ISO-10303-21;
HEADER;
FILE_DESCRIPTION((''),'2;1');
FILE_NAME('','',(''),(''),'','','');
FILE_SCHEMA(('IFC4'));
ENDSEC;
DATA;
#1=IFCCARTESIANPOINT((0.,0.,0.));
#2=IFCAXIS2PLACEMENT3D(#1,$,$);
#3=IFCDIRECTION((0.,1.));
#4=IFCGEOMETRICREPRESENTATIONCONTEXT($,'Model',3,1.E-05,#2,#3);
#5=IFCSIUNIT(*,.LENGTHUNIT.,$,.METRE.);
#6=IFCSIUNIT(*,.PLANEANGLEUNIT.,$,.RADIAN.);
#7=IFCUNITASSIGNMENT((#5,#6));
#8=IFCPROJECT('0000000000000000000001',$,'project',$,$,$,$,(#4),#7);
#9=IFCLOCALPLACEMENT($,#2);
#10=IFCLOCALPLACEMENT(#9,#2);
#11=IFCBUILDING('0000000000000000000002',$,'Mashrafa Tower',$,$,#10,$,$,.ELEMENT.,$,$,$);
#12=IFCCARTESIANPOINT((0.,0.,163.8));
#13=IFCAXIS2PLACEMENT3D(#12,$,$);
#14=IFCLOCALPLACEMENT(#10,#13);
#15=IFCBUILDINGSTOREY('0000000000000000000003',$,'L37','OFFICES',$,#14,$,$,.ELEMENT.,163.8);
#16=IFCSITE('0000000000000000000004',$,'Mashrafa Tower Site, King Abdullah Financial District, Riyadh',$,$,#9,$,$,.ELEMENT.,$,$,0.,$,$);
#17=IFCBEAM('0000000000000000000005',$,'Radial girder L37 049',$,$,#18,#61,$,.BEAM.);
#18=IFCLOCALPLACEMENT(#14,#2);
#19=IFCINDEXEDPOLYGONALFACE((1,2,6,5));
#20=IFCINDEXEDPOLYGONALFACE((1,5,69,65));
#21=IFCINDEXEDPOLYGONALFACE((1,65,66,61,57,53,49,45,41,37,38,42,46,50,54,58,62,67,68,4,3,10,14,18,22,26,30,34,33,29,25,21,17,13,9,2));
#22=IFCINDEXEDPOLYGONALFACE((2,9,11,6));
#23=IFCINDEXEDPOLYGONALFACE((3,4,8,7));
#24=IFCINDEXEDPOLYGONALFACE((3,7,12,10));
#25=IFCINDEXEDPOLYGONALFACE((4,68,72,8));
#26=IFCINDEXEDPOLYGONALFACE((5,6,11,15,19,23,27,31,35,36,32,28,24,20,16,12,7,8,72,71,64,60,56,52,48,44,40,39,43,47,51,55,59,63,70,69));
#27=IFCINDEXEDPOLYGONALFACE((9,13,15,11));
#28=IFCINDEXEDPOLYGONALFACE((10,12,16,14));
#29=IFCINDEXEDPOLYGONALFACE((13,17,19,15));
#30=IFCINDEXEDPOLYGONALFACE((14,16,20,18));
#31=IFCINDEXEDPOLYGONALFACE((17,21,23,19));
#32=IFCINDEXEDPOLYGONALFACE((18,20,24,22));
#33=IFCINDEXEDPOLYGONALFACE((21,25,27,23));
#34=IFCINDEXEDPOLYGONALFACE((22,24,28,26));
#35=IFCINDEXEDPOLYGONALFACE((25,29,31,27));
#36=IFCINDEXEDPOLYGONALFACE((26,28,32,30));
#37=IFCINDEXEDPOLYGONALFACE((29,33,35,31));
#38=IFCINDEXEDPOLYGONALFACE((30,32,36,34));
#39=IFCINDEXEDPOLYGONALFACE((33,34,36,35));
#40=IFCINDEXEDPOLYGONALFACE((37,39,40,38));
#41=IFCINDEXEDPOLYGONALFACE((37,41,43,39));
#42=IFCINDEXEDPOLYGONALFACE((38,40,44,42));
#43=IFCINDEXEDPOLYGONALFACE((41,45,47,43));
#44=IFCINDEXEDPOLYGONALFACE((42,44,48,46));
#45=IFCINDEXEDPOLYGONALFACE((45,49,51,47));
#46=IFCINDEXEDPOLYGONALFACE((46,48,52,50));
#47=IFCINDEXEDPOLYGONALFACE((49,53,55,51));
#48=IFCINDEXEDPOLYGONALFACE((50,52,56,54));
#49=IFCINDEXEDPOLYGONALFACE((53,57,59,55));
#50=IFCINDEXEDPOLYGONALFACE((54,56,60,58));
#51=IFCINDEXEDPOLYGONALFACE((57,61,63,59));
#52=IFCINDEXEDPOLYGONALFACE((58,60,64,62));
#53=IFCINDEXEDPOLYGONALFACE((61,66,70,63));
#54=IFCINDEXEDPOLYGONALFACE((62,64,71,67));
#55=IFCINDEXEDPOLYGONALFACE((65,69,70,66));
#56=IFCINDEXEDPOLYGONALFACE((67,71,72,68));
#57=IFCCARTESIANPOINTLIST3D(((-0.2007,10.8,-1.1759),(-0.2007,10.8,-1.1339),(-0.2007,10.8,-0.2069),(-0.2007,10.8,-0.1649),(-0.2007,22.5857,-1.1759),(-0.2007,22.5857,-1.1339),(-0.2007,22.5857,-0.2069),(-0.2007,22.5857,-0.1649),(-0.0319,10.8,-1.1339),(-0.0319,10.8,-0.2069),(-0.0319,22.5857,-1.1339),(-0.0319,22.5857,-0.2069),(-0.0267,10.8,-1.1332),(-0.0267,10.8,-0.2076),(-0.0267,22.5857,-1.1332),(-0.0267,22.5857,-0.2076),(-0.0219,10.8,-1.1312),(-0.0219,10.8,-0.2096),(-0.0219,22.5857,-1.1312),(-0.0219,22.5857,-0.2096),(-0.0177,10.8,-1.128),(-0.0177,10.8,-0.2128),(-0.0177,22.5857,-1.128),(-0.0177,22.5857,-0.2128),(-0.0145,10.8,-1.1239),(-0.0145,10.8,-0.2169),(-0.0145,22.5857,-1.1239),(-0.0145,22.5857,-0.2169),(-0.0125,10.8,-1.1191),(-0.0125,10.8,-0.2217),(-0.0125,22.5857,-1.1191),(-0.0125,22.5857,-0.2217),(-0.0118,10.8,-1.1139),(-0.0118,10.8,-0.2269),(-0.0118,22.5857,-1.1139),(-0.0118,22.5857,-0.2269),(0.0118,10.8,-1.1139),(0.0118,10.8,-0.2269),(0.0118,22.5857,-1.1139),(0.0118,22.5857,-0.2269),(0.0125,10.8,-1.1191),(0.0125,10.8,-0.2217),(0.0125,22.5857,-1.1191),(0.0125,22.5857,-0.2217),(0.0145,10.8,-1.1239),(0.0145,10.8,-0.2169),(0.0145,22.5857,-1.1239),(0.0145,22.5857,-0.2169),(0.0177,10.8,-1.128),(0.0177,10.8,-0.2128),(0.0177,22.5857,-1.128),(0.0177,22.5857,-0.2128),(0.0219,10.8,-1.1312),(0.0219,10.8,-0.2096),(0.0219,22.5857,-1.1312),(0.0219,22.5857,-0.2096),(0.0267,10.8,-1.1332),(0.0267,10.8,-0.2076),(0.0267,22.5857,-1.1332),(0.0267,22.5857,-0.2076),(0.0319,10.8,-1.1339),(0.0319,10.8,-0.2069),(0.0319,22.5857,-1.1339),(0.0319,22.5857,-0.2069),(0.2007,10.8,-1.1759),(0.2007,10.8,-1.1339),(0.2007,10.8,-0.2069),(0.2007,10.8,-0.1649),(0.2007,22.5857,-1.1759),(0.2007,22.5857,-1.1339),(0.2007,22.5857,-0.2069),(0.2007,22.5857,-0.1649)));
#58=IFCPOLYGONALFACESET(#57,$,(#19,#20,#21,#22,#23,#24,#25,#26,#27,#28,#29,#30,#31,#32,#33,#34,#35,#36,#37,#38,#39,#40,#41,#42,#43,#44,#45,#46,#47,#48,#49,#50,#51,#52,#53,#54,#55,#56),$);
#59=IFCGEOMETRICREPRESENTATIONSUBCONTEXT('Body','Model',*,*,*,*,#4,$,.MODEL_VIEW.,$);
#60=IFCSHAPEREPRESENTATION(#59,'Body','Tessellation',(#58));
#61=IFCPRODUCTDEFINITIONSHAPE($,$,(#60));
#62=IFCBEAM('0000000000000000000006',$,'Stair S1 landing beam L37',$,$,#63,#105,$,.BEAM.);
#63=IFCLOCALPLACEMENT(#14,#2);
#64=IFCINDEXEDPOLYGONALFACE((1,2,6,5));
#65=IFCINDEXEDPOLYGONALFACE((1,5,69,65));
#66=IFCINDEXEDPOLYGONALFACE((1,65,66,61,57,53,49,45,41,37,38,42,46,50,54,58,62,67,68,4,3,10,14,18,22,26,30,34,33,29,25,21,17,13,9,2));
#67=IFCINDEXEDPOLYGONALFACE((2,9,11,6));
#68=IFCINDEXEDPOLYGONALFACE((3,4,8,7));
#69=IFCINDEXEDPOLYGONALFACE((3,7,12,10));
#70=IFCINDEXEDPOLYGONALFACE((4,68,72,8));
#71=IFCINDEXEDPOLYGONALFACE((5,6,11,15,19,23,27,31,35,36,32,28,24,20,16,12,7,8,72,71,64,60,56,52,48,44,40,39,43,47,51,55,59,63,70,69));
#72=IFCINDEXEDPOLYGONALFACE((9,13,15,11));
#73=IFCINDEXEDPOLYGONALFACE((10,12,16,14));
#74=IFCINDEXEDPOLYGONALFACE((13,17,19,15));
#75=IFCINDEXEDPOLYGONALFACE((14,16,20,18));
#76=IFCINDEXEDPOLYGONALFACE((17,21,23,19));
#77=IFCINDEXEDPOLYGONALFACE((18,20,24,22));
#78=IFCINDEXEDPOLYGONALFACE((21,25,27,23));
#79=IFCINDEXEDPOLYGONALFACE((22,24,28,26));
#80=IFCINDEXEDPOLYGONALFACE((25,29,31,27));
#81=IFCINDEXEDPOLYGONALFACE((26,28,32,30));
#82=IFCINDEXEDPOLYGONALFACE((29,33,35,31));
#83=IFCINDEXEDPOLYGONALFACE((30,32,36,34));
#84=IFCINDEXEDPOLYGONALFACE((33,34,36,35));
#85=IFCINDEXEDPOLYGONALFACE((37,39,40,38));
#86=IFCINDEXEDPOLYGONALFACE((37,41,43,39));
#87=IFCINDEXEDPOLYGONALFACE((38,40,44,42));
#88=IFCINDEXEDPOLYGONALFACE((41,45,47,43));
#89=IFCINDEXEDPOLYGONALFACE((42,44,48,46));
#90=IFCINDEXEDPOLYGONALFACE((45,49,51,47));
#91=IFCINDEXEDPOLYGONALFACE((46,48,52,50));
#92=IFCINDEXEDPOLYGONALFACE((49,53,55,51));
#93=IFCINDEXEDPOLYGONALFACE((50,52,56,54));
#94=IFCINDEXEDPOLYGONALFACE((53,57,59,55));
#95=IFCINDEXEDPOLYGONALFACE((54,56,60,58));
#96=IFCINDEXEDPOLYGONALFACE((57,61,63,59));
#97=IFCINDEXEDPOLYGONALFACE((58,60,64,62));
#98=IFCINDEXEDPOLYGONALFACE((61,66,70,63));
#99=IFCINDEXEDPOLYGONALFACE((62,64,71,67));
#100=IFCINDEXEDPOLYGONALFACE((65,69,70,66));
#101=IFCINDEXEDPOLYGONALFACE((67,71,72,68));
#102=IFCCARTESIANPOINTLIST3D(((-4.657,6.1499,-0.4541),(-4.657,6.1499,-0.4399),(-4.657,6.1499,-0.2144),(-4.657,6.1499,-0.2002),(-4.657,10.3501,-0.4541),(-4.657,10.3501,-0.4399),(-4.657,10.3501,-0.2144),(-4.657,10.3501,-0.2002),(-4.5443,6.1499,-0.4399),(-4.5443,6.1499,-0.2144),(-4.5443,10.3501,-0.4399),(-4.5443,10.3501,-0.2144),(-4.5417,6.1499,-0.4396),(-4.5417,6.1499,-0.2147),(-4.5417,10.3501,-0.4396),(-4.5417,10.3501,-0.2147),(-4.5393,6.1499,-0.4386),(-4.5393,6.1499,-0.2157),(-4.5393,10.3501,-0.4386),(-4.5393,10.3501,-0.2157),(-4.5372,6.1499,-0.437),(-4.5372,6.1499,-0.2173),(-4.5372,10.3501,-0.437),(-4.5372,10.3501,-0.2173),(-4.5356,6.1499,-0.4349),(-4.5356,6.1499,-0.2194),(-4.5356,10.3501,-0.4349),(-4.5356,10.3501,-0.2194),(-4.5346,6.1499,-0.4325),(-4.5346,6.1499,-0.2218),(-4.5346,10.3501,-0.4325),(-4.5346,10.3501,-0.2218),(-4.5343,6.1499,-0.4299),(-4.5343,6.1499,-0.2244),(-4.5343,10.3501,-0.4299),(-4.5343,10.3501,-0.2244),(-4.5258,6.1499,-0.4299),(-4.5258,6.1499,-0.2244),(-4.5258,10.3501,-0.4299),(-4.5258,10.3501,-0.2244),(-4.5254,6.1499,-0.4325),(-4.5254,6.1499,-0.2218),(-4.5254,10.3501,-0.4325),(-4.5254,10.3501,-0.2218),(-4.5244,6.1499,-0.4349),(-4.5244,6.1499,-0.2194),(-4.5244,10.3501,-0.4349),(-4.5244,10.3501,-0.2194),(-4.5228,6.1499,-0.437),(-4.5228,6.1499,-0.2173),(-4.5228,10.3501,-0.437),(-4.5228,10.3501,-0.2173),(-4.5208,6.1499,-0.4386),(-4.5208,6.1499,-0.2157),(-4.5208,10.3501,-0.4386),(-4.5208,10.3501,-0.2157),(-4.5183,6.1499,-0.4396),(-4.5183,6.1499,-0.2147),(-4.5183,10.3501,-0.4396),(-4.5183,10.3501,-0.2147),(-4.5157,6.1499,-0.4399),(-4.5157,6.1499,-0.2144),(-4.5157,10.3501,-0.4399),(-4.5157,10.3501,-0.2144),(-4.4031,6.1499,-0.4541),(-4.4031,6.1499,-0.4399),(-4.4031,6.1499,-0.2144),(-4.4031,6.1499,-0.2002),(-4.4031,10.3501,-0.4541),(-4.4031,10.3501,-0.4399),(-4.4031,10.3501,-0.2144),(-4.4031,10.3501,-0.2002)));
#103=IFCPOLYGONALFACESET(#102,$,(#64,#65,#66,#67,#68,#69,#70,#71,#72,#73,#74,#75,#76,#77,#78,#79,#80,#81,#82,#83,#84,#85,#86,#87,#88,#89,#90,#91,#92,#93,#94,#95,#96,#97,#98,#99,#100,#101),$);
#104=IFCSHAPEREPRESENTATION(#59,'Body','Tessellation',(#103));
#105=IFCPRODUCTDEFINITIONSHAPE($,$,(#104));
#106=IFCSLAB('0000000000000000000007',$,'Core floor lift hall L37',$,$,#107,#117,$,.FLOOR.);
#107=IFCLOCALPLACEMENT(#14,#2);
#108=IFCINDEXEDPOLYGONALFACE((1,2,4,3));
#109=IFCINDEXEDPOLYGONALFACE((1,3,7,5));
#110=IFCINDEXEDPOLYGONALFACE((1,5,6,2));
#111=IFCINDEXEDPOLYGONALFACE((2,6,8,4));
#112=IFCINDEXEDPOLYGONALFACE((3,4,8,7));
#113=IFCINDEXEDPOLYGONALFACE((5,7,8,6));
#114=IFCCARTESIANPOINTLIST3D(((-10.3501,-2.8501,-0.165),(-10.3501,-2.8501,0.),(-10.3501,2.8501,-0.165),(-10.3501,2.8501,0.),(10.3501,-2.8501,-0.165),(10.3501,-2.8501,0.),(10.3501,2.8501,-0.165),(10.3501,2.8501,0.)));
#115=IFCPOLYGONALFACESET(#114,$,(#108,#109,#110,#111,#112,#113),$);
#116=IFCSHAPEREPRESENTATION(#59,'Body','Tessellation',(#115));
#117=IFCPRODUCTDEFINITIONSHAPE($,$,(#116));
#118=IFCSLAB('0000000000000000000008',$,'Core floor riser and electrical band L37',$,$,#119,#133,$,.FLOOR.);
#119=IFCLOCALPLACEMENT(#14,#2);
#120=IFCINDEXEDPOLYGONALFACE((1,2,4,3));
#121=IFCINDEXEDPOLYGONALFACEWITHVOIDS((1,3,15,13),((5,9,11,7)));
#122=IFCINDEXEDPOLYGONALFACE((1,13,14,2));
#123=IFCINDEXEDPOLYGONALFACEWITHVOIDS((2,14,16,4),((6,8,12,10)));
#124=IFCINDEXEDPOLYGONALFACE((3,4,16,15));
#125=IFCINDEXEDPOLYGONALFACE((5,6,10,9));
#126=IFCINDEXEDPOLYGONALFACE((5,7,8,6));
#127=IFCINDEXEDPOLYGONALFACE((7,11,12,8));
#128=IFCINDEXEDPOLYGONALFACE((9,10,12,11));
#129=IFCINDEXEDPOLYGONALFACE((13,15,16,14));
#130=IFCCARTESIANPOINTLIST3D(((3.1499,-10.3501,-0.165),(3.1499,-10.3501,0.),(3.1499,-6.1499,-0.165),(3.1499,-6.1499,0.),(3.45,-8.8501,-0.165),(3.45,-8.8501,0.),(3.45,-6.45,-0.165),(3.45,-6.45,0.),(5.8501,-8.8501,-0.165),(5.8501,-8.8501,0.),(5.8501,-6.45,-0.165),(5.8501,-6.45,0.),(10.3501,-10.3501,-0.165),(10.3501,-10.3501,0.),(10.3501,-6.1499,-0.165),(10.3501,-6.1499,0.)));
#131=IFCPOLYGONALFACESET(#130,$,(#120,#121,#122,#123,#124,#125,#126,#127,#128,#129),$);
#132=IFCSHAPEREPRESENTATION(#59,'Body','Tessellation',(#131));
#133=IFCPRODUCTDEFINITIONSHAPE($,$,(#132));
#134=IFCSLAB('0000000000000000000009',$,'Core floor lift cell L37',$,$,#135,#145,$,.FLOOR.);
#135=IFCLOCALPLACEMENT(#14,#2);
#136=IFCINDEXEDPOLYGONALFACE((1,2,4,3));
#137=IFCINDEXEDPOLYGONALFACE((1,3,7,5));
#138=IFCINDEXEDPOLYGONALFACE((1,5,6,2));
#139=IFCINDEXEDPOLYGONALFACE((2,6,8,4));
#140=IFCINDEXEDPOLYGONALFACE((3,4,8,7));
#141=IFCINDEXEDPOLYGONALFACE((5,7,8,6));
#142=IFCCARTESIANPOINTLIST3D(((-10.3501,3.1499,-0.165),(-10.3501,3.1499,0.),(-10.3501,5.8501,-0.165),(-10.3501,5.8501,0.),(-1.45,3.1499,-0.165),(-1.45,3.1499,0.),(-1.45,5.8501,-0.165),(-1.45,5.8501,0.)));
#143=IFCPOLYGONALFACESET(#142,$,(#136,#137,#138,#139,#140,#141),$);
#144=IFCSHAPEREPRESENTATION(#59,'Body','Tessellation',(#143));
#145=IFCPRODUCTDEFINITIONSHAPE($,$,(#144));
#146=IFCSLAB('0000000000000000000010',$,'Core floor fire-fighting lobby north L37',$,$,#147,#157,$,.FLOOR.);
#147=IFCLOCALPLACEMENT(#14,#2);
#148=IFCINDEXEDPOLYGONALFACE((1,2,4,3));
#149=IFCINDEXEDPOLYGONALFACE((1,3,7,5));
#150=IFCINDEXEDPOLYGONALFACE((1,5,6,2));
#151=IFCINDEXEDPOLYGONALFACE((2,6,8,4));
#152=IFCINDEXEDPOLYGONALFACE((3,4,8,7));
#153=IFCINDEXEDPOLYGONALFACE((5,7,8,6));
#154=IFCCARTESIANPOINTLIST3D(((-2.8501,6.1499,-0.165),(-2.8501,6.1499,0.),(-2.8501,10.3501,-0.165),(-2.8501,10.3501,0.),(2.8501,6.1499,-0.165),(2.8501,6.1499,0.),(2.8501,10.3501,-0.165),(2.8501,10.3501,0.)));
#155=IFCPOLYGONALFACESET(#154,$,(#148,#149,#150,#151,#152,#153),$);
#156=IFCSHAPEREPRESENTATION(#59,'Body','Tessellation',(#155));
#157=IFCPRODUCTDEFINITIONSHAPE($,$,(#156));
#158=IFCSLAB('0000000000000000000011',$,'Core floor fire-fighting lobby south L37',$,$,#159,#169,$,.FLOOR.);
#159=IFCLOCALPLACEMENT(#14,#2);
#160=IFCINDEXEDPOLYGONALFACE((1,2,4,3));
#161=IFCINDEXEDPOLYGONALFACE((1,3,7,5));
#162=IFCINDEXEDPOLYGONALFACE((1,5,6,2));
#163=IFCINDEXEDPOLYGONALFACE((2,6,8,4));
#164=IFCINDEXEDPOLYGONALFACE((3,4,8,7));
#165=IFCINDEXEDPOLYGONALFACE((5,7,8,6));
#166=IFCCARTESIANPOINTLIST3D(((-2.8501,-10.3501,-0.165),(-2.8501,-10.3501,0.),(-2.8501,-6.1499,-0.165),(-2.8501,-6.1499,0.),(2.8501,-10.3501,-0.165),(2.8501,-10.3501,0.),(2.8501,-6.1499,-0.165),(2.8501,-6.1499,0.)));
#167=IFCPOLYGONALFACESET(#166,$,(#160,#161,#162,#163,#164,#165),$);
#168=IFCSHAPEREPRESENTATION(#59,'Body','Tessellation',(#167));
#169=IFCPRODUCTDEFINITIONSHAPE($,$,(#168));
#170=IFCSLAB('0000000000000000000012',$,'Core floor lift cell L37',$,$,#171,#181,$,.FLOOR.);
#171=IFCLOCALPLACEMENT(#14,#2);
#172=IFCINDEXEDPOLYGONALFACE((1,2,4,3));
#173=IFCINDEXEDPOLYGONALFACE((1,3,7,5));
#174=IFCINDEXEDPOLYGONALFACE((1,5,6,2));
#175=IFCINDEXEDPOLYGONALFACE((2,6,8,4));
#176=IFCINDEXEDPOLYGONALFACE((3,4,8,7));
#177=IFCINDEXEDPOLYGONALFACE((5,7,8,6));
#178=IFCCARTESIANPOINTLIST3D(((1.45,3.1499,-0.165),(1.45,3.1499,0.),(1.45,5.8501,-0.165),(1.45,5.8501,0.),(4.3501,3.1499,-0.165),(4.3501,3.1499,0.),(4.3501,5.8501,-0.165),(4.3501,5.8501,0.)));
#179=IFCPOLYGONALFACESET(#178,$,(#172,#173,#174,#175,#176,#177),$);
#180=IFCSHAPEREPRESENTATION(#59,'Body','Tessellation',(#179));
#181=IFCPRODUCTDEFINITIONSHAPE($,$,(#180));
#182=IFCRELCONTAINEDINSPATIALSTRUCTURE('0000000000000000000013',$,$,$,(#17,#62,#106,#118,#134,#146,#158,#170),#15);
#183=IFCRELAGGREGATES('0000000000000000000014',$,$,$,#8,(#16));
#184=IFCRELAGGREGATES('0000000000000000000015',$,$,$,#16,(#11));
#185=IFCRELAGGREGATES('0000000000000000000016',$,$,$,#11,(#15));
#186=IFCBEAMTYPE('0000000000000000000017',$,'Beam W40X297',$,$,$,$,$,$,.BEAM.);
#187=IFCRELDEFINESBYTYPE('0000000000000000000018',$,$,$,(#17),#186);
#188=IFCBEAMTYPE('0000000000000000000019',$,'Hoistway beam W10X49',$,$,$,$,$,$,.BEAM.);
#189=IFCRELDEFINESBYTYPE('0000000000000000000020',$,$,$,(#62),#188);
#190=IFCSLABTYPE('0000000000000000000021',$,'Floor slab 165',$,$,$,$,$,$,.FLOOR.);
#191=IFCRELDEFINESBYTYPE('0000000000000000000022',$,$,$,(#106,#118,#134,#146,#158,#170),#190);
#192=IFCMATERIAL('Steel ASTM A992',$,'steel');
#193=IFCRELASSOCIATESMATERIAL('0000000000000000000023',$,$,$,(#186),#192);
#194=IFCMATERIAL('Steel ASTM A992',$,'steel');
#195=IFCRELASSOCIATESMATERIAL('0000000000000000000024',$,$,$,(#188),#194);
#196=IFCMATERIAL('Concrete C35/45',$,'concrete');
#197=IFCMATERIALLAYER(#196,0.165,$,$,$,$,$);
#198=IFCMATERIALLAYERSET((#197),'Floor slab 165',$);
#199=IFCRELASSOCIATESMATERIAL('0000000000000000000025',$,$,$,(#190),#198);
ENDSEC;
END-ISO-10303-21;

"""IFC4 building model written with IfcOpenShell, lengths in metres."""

from ifc_helpers import new_model, si_unit, direction, frame, origin, origin_2d, place, context, subcontext, project, spatial, polyline, i_section, outline, extrude, material, layer, layer_set, material_profile, profile_set, type_object, element, save


model = new_model("IFC4")

# Units and contexts
model_context = context("Model", 3, precision=1e-05, world=origin(), true_north=direction((0.0, 1.0)))
body_context = subcontext(model_context, "Body", "Model", "MODEL_VIEW")
ifc_project = project(units=[si_unit("LENGTHUNIT", "METRE"), si_unit("PLANEANGLEUNIT", "RADIAN")], contexts=[model_context])

# Site, building, storey
site_placement = place(None, origin())
site = spatial("IfcSite", under=ifc_project, at=site_placement, Name="Mashrafa Tower Site, King Abdullah Financial District, Riyadh", CompositionType="ELEMENT", RefElevation=0.0)
building_placement = place(site_placement, origin())
building = spatial("IfcBuilding", under=site, at=building_placement, Name="Mashrafa Tower", CompositionType="ELEMENT")
storey_placement = place(building_placement, frame((0.0, 0.0, 163.8)))
storey = spatial("IfcBuildingStorey", under=building, at=storey_placement, Name="L37", Description="OFFICES", CompositionType="ELEMENT", Elevation=163.8)

# Beams
ifc_material_1 = material(Name="Steel ASTM A992", Category="steel")
ifc_material_profile_1 = material_profile(ifc_material_1, i_section(OverallWidth=0.4014, OverallDepth=1.011, WebThickness=0.0237, FlangeThickness=0.042, FilletRadius=0.02, at=origin_2d()), Name="W40X297")
ifc_profile_set_1 = profile_set([ifc_material_profile_1], Name="Steel ASTM A992")
beam_type_1 = type_object("IfcBeamType", Name="Beam W40X297", PredefinedType="BEAM", material=ifc_profile_set_1)
beam_1_placement = place(storey_placement, frame((0.0, 10.8, -0.6704), z_axis=(0.0, 1.0, 0.0), x_axis=(-1.0, 0.0, 0.0)))
element("IfcBeam", 1, at=beam_1_placement, inside=storey, type_object=beam_type_1, Name="Radial girder L37 049", PredefinedType="BEAM", context=body_context, shape_type="SweptSolid", body=[
    extrude(i_section(OverallWidth=0.4014, OverallDepth=1.011, WebThickness=0.0237, FlangeThickness=0.042, FilletRadius=0.02, at=origin_2d()), origin(), (0.0, 0.0, 1.0), 11.7856),
])
ifc_material_2 = material(Name="Steel ASTM A992", Category="steel")
ifc_material_profile_2 = material_profile(ifc_material_2, i_section(OverallWidth=0.2539, OverallDepth=0.2539, WebThickness=0.0085, FlangeThickness=0.0142, FilletRadius=0.01, at=origin_2d()), Name="W10X49")
ifc_profile_set_2 = profile_set([ifc_material_profile_2], Name="Steel ASTM A992")
beam_type_2 = type_object("IfcBeamType", Name="Hoistway beam W10X49", PredefinedType="BEAM", material=ifc_profile_set_2)
beam_2_placement = place(storey_placement, frame((-4.53, 6.1499, -0.3271), z_axis=(0.0, 1.0, 0.0), x_axis=(-1.0, 0.0, 0.0)))
element("IfcBeam", 2, at=beam_2_placement, inside=storey, type_object=beam_type_2, Name="Stair S1 landing beam L37", PredefinedType="BEAM", context=body_context, shape_type="SweptSolid", body=[
    extrude(i_section(OverallWidth=0.2539, OverallDepth=0.2539, WebThickness=0.0085, FlangeThickness=0.0142, FilletRadius=0.01, at=origin_2d()), origin(), (0.0, 0.0, 1.0), 4.2002),
])

# Slabs
ifc_material_3 = material(Name="Concrete C35/45", Category="concrete")
ifc_layer_1 = layer(ifc_material_3, 0.165)
ifc_layer_set_1 = layer_set([ifc_layer_1], Name="Floor slab 165")
slab_type = type_object("IfcSlabType", Name="Floor slab 165", PredefinedType="FLOOR", material=ifc_layer_set_1)
slab_1_placement = place(storey_placement, frame((0.0, 0.0, -0.165)))
element("IfcSlab", 3, at=slab_1_placement, inside=storey, type_object=slab_type, Name="Core floor lift hall L37", PredefinedType="FLOOR", context=body_context, shape_type="SweptSolid", body=[
    extrude(outline(polyline([(-10.3501, 2.8501), (10.3501, 2.8501), (10.3501, -2.8501), (-10.3501, -2.8501), (-10.3501, 2.8501)])), origin(), (0.0, 0.0, 1.0), 0.165),
])
slab_2_placement = place(storey_placement, frame((0.0, 0.0, -0.165)))
element("IfcSlab", 4, at=slab_2_placement, inside=storey, type_object=slab_type, Name="Core floor riser and electrical band L37", PredefinedType="FLOOR", context=body_context, shape_type="SweptSolid", body=[
    extrude(outline(polyline([(10.3501, -6.1499), (10.3501, -10.3501), (3.1499, -10.3501), (3.1499, -6.1499), (10.3501, -6.1499)]), holes=[polyline([(3.45, -8.8501), (5.8501, -8.8501), (5.8501, -6.45), (3.45, -6.45), (3.45, -8.8501)])]), origin(), (0.0, 0.0, 1.0), 0.165),
])
slab_3_placement = place(storey_placement, frame((0.0, 0.0, -0.165)))
element("IfcSlab", 5, at=slab_3_placement, inside=storey, type_object=slab_type, Name="Core floor lift cell L37", PredefinedType="FLOOR", context=body_context, shape_type="SweptSolid", body=[
    extrude(outline(polyline([(-1.45, 3.1499), (-10.3501, 3.1499), (-10.3501, 5.8501), (-1.45, 5.8501), (-1.45, 3.1499)])), origin(), (0.0, 0.0, 1.0), 0.165),
])
slab_4_placement = place(storey_placement, frame((0.0, 0.0, -0.165)))
element("IfcSlab", 6, at=slab_4_placement, inside=storey, type_object=slab_type, Name="Core floor fire-fighting lobby north L37", PredefinedType="FLOOR", context=body_context, shape_type="SweptSolid", body=[
    extrude(outline(polyline([(-2.8501, 10.3501), (2.8501, 10.3501), (2.8501, 6.1499), (-2.8501, 6.1499), (-2.8501, 10.3501)])), origin(), (0.0, 0.0, 1.0), 0.165),
])
slab_5_placement = place(storey_placement, frame((0.0, 0.0, -0.165)))
element("IfcSlab", 7, at=slab_5_placement, inside=storey, type_object=slab_type, Name="Core floor fire-fighting lobby south L37", PredefinedType="FLOOR", context=body_context, shape_type="SweptSolid", body=[
    extrude(outline(polyline([(2.8501, -6.1499), (2.8501, -10.3501), (-2.8501, -10.3501), (-2.8501, -6.1499), (2.8501, -6.1499)])), origin(), (0.0, 0.0, 1.0), 0.165),
])
slab_6_placement = place(storey_placement, frame((0.0, 0.0, -0.165)))
element("IfcSlab", 8, at=slab_6_placement, inside=storey, type_object=slab_type, Name="Core floor lift cell L37", PredefinedType="FLOOR", context=body_context, shape_type="SweptSolid", body=[
    extrude(outline(polyline([(4.3501, 5.8501), (4.3501, 3.1499), (1.45, 3.1499), (1.45, 5.8501), (4.3501, 5.8501)])), origin(), (0.0, 0.0, 1.0), 0.165),
])

save(model, "model.ifc")
